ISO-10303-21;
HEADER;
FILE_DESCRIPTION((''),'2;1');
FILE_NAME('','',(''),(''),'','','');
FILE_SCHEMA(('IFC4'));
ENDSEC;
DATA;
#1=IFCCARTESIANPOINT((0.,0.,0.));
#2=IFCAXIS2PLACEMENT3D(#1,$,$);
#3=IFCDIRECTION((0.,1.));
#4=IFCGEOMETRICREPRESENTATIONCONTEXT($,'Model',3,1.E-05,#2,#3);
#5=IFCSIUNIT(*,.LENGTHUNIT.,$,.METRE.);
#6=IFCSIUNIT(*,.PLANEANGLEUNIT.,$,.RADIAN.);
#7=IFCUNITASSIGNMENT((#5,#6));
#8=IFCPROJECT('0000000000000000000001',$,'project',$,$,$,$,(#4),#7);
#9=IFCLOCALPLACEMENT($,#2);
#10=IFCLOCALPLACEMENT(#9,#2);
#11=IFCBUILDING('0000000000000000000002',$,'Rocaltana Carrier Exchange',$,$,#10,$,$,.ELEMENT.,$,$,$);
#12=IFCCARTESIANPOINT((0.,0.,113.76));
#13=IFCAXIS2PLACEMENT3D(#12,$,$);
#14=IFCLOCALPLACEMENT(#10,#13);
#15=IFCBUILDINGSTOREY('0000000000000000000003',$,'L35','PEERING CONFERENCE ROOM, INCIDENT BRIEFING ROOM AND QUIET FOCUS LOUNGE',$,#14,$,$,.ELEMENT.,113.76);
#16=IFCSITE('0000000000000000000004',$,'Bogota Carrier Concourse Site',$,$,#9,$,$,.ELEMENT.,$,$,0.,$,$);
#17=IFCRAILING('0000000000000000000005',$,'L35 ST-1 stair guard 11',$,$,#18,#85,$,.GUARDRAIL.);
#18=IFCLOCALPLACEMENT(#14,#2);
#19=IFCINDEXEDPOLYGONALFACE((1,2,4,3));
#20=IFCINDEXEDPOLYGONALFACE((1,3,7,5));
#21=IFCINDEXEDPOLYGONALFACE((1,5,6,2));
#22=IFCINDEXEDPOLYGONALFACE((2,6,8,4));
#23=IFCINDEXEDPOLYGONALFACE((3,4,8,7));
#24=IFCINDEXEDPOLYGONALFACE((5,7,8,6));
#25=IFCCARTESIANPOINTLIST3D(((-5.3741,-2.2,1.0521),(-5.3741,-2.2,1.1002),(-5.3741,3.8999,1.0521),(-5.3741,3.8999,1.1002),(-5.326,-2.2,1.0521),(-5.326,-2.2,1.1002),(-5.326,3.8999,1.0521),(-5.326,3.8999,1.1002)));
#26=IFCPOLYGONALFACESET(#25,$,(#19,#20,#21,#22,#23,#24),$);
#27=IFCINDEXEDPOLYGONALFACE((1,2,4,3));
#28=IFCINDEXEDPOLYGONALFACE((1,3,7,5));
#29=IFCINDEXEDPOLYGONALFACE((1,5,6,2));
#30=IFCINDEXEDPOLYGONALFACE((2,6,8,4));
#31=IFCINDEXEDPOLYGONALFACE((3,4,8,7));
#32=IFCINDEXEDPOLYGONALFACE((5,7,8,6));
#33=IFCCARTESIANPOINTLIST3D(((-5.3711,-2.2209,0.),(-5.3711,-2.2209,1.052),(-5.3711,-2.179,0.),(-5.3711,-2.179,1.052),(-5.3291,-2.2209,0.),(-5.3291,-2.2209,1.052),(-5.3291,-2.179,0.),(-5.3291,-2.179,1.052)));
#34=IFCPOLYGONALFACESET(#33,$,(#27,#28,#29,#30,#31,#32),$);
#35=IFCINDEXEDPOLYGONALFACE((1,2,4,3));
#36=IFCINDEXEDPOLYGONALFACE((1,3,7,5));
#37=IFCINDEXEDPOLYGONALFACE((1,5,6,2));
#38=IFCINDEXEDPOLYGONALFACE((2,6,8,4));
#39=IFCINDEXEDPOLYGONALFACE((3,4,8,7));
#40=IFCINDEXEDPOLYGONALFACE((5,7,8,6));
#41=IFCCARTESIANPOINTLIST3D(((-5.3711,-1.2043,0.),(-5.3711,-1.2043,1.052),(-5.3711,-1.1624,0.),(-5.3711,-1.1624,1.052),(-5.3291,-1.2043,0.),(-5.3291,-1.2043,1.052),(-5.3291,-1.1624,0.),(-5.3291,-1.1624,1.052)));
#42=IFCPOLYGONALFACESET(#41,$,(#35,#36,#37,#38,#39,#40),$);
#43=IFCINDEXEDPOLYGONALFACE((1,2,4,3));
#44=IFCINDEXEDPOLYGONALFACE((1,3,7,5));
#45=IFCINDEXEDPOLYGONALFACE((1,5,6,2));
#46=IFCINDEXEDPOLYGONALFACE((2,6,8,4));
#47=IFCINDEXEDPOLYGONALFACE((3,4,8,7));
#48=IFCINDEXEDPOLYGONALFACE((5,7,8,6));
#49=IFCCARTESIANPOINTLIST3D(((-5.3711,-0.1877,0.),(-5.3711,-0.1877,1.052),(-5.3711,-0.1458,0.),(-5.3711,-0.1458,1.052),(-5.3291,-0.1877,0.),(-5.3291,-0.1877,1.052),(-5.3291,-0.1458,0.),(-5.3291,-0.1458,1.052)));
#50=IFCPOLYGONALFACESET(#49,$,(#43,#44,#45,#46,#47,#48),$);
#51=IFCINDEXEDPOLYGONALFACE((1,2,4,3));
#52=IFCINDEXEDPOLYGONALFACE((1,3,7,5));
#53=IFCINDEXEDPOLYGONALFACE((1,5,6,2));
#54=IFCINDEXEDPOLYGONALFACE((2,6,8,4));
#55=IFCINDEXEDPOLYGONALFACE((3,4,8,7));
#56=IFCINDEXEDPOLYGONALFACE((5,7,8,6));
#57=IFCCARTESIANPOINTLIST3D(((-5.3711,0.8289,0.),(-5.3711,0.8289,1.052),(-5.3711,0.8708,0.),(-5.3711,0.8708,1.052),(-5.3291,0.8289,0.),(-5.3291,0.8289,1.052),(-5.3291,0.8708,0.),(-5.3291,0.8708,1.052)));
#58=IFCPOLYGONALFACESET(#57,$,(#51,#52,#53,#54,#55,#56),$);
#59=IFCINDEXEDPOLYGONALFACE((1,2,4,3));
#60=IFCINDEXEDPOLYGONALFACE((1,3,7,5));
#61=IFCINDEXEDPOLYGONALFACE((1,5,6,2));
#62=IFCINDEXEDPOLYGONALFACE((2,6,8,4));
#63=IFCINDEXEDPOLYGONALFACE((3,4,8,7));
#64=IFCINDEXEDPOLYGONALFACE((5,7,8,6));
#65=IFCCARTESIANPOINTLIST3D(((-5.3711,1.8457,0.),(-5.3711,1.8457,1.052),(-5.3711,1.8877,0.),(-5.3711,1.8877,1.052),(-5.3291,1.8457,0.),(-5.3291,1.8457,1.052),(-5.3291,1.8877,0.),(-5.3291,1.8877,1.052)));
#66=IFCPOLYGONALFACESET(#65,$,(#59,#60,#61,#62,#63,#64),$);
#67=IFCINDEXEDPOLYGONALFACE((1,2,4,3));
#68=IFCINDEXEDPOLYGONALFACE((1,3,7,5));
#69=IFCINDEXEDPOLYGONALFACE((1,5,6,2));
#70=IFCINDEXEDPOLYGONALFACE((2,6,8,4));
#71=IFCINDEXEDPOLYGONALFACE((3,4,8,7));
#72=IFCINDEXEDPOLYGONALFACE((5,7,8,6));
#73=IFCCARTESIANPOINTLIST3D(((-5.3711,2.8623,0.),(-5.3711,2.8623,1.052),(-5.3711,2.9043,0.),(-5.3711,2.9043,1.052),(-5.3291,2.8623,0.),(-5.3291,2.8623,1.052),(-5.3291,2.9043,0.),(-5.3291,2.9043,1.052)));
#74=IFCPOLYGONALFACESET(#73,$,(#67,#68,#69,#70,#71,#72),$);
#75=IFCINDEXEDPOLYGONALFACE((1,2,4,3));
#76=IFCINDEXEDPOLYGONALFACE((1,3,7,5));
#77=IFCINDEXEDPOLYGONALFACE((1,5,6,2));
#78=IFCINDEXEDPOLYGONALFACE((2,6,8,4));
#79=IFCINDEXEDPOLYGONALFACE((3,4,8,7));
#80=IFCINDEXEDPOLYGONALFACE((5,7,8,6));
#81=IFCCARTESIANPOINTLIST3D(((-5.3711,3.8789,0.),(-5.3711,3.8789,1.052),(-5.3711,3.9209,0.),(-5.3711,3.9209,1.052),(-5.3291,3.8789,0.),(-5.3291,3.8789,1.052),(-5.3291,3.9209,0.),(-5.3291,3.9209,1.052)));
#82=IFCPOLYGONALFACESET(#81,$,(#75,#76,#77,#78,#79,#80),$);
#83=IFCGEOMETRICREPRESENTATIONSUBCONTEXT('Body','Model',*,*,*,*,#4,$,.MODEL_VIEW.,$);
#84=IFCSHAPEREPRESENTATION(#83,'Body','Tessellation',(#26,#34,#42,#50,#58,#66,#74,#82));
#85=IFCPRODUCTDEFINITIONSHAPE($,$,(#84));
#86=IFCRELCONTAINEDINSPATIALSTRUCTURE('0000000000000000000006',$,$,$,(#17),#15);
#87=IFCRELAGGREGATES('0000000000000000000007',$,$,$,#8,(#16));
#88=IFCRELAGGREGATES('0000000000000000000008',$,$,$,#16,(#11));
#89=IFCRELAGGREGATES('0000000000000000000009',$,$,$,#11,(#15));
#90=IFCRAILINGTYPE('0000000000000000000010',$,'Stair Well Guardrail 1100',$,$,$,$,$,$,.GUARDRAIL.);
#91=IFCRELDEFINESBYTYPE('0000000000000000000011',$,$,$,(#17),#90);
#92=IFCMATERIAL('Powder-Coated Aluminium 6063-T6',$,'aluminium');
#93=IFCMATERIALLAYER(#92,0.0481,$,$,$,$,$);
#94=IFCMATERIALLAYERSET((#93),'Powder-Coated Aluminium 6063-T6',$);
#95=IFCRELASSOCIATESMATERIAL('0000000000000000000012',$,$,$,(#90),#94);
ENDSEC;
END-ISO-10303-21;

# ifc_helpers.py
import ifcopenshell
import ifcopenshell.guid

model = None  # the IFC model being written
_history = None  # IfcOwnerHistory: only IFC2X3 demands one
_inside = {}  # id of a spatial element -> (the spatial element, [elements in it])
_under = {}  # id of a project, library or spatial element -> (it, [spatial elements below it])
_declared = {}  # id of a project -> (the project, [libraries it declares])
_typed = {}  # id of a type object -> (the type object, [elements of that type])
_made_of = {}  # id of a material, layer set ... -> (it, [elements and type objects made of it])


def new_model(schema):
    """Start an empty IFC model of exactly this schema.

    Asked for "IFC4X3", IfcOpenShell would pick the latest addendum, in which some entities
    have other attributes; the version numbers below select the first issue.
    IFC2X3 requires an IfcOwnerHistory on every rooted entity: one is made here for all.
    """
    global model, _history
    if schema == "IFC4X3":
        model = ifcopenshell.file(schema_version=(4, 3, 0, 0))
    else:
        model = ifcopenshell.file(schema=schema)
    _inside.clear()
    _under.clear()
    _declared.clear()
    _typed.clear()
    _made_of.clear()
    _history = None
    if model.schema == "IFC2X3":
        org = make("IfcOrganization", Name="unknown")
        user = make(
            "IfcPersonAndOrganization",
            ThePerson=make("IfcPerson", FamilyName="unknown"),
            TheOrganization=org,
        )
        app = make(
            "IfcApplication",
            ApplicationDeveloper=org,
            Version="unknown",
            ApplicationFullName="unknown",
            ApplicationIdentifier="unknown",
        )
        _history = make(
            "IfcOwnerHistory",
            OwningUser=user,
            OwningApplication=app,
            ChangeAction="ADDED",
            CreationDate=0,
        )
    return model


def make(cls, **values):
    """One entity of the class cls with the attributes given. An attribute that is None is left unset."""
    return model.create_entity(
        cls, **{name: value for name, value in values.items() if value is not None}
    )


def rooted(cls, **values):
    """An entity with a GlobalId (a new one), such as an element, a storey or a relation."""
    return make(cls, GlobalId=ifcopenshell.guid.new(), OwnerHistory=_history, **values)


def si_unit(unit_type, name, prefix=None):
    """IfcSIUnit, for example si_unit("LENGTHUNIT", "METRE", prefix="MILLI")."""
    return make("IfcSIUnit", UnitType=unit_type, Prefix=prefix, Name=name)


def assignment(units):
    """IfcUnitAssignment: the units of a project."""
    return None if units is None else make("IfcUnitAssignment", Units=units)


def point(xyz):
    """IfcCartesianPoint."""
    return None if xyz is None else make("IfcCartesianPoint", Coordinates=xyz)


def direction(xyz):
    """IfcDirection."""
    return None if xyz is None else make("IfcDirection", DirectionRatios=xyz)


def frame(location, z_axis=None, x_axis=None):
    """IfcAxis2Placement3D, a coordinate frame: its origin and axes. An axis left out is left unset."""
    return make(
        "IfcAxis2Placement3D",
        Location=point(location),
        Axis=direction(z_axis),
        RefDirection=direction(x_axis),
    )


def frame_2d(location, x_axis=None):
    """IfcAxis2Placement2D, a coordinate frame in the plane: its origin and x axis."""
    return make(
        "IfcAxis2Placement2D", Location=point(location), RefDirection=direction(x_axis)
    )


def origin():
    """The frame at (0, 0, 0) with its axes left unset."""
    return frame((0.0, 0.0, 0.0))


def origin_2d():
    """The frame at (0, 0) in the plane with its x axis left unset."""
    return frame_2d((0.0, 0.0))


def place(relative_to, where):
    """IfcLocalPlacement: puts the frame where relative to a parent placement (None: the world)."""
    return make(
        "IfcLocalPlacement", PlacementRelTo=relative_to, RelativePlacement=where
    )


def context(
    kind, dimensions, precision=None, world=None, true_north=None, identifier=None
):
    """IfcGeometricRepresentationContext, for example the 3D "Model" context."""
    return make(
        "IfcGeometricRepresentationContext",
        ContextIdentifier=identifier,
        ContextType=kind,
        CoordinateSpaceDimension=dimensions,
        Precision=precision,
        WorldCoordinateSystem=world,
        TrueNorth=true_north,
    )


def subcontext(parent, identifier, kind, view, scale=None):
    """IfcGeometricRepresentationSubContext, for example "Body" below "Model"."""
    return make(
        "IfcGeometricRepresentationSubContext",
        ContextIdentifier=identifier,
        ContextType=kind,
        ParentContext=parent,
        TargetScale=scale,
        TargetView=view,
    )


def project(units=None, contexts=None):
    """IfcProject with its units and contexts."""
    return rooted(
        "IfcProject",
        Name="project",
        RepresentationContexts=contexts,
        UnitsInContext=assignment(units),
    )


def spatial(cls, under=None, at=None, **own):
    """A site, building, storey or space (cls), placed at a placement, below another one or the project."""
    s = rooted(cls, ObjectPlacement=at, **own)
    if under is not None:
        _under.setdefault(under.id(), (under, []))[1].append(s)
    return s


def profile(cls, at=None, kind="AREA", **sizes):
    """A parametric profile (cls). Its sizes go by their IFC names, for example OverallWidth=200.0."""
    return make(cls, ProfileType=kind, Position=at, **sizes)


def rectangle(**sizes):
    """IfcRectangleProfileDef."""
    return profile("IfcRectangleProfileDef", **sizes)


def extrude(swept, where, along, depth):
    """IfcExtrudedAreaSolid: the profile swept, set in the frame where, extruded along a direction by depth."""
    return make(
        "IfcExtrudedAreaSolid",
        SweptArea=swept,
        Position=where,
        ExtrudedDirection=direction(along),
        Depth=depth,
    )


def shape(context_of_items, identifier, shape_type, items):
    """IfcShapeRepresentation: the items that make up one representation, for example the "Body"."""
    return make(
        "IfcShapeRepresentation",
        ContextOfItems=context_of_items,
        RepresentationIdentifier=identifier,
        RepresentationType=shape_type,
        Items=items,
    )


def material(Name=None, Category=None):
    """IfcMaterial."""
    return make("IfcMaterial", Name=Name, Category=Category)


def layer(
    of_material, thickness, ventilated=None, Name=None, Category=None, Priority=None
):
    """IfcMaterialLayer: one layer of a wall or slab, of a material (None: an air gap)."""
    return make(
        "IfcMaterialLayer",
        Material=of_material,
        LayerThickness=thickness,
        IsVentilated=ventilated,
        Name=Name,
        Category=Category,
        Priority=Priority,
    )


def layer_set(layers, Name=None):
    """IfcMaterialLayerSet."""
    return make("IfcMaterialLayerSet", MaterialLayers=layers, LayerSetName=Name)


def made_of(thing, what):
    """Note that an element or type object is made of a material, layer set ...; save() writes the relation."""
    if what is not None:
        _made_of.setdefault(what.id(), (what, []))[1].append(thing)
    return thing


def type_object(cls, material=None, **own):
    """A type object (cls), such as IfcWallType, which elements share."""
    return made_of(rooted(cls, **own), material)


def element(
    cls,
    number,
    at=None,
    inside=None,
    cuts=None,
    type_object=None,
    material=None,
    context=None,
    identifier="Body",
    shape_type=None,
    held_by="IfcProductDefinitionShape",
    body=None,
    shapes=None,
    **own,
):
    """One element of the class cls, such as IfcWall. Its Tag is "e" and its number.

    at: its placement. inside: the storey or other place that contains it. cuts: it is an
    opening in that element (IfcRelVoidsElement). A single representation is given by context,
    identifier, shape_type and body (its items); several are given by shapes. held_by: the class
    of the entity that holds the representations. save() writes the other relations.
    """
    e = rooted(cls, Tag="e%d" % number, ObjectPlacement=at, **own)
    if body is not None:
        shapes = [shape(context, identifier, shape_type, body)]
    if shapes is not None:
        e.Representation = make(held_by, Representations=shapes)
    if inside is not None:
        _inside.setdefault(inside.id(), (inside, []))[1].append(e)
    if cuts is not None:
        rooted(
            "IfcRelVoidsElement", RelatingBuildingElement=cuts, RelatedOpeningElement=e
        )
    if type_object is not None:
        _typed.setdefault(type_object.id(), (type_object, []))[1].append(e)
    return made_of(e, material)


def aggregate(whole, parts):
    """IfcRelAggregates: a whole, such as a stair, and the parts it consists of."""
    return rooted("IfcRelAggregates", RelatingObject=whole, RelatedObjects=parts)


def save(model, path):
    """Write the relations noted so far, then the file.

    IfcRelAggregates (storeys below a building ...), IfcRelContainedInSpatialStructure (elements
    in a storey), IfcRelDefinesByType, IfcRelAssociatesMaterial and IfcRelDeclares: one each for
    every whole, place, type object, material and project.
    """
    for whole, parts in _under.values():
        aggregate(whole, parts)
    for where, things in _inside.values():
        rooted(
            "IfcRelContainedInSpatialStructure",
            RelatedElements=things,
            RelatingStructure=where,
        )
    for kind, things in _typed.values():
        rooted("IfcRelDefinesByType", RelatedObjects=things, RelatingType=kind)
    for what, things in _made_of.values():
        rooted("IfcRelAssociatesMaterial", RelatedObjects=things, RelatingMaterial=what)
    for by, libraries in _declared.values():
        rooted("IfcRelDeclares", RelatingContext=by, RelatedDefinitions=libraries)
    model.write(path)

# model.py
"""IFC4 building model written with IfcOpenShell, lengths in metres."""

from ifc_helpers import new_model, si_unit, direction, frame, origin, origin_2d, place, context, subcontext, project, spatial, rectangle, extrude, material, layer, layer_set, type_object, element, save


model = new_model("IFC4")

# Units and contexts
model_context = context("Model", 3, precision=1e-05, world=origin(), true_north=direction((0.0, 1.0)))
body_context = subcontext(model_context, "Body", "Model", "MODEL_VIEW")
ifc_project = project(units=[si_unit("LENGTHUNIT", "METRE"), si_unit("PLANEANGLEUNIT", "RADIAN")], contexts=[model_context])

# Site, building, storey
site_placement = place(None, origin())
site = spatial("IfcSite", under=ifc_project, at=site_placement, Name="Bogota Carrier Concourse Site", CompositionType="ELEMENT", RefElevation=0.0)
building_placement = place(site_placement, origin())
building = spatial("IfcBuilding", under=site, at=building_placement, Name="Rocaltana Carrier Exchange", CompositionType="ELEMENT")
storey_placement = place(building_placement, frame((0.0, 0.0, 113.76)))
storey = spatial("IfcBuildingStorey", under=building, at=storey_placement, Name="L35", Description="PEERING CONFERENCE ROOM, INCIDENT BRIEFING ROOM AND QUIET FOCUS LOUNGE", CompositionType="ELEMENT", Elevation=113.76)

# Railing
ifc_material_1 = material(Name="Powder-Coated Aluminium 6063-T6", Category="aluminium")
ifc_layer_1 = layer(ifc_material_1, 0.0481)
ifc_layer_set_1 = layer_set([ifc_layer_1], Name="Powder-Coated Aluminium 6063-T6")
railing_type_1 = type_object("IfcRailingType", Name="Stair Well Guardrail 1100", PredefinedType="GUARDRAIL", material=ifc_layer_set_1)
for number, where, name in (
    (1, (-5.3501, -2.2, 0.0), "L35 ST-1 stair guard 11"),
):
    element("IfcRailing", number, at=place(storey_placement, frame(where)), inside=storey, type_object=railing_type_1, Name=name, PredefinedType="GUARDRAIL", context=body_context, shape_type="SweptSolid", body=[
        extrude(rectangle(XDim=0.0481, YDim=0.0481, at=origin_2d()), frame((0.0, 0.0, 1.0762), z_axis=(0.0, 1.0, 0.0), x_axis=(-1.0, 0.0, 0.0)), (0.0, 0.0, 1.0), 6.0999),
        extrude(rectangle(XDim=0.042, YDim=0.042, at=origin_2d()), origin(), (0.0, 0.0, 1.0), 1.052),
        extrude(rectangle(XDim=0.042, YDim=0.042, at=origin_2d()), frame((0.0, 1.0166, 0.0)), (0.0, 0.0, 1.0), 1.052),
        extrude(rectangle(XDim=0.042, YDim=0.042, at=origin_2d()), frame((0.0, 2.0332, 0.0)), (0.0, 0.0, 1.0), 1.052),
        extrude(rectangle(XDim=0.042, YDim=0.042, at=origin_2d()), frame((0.0, 3.0498, 0.0)), (0.0, 0.0, 1.0), 1.052),
        extrude(rectangle(XDim=0.042, YDim=0.042, at=origin_2d()), frame((0.0, 4.0667, 0.0)), (0.0, 0.0, 1.0), 1.052),
        extrude(rectangle(XDim=0.042, YDim=0.042, at=origin_2d()), frame((0.0, 5.0833, 0.0)), (0.0, 0.0, 1.0), 1.052),
        extrude(rectangle(XDim=0.042, YDim=0.042, at=origin_2d()), frame((0.0, 6.0999, 0.0)), (0.0, 0.0, 1.0), 1.052),
    ])

save(model, "model.ifc")
